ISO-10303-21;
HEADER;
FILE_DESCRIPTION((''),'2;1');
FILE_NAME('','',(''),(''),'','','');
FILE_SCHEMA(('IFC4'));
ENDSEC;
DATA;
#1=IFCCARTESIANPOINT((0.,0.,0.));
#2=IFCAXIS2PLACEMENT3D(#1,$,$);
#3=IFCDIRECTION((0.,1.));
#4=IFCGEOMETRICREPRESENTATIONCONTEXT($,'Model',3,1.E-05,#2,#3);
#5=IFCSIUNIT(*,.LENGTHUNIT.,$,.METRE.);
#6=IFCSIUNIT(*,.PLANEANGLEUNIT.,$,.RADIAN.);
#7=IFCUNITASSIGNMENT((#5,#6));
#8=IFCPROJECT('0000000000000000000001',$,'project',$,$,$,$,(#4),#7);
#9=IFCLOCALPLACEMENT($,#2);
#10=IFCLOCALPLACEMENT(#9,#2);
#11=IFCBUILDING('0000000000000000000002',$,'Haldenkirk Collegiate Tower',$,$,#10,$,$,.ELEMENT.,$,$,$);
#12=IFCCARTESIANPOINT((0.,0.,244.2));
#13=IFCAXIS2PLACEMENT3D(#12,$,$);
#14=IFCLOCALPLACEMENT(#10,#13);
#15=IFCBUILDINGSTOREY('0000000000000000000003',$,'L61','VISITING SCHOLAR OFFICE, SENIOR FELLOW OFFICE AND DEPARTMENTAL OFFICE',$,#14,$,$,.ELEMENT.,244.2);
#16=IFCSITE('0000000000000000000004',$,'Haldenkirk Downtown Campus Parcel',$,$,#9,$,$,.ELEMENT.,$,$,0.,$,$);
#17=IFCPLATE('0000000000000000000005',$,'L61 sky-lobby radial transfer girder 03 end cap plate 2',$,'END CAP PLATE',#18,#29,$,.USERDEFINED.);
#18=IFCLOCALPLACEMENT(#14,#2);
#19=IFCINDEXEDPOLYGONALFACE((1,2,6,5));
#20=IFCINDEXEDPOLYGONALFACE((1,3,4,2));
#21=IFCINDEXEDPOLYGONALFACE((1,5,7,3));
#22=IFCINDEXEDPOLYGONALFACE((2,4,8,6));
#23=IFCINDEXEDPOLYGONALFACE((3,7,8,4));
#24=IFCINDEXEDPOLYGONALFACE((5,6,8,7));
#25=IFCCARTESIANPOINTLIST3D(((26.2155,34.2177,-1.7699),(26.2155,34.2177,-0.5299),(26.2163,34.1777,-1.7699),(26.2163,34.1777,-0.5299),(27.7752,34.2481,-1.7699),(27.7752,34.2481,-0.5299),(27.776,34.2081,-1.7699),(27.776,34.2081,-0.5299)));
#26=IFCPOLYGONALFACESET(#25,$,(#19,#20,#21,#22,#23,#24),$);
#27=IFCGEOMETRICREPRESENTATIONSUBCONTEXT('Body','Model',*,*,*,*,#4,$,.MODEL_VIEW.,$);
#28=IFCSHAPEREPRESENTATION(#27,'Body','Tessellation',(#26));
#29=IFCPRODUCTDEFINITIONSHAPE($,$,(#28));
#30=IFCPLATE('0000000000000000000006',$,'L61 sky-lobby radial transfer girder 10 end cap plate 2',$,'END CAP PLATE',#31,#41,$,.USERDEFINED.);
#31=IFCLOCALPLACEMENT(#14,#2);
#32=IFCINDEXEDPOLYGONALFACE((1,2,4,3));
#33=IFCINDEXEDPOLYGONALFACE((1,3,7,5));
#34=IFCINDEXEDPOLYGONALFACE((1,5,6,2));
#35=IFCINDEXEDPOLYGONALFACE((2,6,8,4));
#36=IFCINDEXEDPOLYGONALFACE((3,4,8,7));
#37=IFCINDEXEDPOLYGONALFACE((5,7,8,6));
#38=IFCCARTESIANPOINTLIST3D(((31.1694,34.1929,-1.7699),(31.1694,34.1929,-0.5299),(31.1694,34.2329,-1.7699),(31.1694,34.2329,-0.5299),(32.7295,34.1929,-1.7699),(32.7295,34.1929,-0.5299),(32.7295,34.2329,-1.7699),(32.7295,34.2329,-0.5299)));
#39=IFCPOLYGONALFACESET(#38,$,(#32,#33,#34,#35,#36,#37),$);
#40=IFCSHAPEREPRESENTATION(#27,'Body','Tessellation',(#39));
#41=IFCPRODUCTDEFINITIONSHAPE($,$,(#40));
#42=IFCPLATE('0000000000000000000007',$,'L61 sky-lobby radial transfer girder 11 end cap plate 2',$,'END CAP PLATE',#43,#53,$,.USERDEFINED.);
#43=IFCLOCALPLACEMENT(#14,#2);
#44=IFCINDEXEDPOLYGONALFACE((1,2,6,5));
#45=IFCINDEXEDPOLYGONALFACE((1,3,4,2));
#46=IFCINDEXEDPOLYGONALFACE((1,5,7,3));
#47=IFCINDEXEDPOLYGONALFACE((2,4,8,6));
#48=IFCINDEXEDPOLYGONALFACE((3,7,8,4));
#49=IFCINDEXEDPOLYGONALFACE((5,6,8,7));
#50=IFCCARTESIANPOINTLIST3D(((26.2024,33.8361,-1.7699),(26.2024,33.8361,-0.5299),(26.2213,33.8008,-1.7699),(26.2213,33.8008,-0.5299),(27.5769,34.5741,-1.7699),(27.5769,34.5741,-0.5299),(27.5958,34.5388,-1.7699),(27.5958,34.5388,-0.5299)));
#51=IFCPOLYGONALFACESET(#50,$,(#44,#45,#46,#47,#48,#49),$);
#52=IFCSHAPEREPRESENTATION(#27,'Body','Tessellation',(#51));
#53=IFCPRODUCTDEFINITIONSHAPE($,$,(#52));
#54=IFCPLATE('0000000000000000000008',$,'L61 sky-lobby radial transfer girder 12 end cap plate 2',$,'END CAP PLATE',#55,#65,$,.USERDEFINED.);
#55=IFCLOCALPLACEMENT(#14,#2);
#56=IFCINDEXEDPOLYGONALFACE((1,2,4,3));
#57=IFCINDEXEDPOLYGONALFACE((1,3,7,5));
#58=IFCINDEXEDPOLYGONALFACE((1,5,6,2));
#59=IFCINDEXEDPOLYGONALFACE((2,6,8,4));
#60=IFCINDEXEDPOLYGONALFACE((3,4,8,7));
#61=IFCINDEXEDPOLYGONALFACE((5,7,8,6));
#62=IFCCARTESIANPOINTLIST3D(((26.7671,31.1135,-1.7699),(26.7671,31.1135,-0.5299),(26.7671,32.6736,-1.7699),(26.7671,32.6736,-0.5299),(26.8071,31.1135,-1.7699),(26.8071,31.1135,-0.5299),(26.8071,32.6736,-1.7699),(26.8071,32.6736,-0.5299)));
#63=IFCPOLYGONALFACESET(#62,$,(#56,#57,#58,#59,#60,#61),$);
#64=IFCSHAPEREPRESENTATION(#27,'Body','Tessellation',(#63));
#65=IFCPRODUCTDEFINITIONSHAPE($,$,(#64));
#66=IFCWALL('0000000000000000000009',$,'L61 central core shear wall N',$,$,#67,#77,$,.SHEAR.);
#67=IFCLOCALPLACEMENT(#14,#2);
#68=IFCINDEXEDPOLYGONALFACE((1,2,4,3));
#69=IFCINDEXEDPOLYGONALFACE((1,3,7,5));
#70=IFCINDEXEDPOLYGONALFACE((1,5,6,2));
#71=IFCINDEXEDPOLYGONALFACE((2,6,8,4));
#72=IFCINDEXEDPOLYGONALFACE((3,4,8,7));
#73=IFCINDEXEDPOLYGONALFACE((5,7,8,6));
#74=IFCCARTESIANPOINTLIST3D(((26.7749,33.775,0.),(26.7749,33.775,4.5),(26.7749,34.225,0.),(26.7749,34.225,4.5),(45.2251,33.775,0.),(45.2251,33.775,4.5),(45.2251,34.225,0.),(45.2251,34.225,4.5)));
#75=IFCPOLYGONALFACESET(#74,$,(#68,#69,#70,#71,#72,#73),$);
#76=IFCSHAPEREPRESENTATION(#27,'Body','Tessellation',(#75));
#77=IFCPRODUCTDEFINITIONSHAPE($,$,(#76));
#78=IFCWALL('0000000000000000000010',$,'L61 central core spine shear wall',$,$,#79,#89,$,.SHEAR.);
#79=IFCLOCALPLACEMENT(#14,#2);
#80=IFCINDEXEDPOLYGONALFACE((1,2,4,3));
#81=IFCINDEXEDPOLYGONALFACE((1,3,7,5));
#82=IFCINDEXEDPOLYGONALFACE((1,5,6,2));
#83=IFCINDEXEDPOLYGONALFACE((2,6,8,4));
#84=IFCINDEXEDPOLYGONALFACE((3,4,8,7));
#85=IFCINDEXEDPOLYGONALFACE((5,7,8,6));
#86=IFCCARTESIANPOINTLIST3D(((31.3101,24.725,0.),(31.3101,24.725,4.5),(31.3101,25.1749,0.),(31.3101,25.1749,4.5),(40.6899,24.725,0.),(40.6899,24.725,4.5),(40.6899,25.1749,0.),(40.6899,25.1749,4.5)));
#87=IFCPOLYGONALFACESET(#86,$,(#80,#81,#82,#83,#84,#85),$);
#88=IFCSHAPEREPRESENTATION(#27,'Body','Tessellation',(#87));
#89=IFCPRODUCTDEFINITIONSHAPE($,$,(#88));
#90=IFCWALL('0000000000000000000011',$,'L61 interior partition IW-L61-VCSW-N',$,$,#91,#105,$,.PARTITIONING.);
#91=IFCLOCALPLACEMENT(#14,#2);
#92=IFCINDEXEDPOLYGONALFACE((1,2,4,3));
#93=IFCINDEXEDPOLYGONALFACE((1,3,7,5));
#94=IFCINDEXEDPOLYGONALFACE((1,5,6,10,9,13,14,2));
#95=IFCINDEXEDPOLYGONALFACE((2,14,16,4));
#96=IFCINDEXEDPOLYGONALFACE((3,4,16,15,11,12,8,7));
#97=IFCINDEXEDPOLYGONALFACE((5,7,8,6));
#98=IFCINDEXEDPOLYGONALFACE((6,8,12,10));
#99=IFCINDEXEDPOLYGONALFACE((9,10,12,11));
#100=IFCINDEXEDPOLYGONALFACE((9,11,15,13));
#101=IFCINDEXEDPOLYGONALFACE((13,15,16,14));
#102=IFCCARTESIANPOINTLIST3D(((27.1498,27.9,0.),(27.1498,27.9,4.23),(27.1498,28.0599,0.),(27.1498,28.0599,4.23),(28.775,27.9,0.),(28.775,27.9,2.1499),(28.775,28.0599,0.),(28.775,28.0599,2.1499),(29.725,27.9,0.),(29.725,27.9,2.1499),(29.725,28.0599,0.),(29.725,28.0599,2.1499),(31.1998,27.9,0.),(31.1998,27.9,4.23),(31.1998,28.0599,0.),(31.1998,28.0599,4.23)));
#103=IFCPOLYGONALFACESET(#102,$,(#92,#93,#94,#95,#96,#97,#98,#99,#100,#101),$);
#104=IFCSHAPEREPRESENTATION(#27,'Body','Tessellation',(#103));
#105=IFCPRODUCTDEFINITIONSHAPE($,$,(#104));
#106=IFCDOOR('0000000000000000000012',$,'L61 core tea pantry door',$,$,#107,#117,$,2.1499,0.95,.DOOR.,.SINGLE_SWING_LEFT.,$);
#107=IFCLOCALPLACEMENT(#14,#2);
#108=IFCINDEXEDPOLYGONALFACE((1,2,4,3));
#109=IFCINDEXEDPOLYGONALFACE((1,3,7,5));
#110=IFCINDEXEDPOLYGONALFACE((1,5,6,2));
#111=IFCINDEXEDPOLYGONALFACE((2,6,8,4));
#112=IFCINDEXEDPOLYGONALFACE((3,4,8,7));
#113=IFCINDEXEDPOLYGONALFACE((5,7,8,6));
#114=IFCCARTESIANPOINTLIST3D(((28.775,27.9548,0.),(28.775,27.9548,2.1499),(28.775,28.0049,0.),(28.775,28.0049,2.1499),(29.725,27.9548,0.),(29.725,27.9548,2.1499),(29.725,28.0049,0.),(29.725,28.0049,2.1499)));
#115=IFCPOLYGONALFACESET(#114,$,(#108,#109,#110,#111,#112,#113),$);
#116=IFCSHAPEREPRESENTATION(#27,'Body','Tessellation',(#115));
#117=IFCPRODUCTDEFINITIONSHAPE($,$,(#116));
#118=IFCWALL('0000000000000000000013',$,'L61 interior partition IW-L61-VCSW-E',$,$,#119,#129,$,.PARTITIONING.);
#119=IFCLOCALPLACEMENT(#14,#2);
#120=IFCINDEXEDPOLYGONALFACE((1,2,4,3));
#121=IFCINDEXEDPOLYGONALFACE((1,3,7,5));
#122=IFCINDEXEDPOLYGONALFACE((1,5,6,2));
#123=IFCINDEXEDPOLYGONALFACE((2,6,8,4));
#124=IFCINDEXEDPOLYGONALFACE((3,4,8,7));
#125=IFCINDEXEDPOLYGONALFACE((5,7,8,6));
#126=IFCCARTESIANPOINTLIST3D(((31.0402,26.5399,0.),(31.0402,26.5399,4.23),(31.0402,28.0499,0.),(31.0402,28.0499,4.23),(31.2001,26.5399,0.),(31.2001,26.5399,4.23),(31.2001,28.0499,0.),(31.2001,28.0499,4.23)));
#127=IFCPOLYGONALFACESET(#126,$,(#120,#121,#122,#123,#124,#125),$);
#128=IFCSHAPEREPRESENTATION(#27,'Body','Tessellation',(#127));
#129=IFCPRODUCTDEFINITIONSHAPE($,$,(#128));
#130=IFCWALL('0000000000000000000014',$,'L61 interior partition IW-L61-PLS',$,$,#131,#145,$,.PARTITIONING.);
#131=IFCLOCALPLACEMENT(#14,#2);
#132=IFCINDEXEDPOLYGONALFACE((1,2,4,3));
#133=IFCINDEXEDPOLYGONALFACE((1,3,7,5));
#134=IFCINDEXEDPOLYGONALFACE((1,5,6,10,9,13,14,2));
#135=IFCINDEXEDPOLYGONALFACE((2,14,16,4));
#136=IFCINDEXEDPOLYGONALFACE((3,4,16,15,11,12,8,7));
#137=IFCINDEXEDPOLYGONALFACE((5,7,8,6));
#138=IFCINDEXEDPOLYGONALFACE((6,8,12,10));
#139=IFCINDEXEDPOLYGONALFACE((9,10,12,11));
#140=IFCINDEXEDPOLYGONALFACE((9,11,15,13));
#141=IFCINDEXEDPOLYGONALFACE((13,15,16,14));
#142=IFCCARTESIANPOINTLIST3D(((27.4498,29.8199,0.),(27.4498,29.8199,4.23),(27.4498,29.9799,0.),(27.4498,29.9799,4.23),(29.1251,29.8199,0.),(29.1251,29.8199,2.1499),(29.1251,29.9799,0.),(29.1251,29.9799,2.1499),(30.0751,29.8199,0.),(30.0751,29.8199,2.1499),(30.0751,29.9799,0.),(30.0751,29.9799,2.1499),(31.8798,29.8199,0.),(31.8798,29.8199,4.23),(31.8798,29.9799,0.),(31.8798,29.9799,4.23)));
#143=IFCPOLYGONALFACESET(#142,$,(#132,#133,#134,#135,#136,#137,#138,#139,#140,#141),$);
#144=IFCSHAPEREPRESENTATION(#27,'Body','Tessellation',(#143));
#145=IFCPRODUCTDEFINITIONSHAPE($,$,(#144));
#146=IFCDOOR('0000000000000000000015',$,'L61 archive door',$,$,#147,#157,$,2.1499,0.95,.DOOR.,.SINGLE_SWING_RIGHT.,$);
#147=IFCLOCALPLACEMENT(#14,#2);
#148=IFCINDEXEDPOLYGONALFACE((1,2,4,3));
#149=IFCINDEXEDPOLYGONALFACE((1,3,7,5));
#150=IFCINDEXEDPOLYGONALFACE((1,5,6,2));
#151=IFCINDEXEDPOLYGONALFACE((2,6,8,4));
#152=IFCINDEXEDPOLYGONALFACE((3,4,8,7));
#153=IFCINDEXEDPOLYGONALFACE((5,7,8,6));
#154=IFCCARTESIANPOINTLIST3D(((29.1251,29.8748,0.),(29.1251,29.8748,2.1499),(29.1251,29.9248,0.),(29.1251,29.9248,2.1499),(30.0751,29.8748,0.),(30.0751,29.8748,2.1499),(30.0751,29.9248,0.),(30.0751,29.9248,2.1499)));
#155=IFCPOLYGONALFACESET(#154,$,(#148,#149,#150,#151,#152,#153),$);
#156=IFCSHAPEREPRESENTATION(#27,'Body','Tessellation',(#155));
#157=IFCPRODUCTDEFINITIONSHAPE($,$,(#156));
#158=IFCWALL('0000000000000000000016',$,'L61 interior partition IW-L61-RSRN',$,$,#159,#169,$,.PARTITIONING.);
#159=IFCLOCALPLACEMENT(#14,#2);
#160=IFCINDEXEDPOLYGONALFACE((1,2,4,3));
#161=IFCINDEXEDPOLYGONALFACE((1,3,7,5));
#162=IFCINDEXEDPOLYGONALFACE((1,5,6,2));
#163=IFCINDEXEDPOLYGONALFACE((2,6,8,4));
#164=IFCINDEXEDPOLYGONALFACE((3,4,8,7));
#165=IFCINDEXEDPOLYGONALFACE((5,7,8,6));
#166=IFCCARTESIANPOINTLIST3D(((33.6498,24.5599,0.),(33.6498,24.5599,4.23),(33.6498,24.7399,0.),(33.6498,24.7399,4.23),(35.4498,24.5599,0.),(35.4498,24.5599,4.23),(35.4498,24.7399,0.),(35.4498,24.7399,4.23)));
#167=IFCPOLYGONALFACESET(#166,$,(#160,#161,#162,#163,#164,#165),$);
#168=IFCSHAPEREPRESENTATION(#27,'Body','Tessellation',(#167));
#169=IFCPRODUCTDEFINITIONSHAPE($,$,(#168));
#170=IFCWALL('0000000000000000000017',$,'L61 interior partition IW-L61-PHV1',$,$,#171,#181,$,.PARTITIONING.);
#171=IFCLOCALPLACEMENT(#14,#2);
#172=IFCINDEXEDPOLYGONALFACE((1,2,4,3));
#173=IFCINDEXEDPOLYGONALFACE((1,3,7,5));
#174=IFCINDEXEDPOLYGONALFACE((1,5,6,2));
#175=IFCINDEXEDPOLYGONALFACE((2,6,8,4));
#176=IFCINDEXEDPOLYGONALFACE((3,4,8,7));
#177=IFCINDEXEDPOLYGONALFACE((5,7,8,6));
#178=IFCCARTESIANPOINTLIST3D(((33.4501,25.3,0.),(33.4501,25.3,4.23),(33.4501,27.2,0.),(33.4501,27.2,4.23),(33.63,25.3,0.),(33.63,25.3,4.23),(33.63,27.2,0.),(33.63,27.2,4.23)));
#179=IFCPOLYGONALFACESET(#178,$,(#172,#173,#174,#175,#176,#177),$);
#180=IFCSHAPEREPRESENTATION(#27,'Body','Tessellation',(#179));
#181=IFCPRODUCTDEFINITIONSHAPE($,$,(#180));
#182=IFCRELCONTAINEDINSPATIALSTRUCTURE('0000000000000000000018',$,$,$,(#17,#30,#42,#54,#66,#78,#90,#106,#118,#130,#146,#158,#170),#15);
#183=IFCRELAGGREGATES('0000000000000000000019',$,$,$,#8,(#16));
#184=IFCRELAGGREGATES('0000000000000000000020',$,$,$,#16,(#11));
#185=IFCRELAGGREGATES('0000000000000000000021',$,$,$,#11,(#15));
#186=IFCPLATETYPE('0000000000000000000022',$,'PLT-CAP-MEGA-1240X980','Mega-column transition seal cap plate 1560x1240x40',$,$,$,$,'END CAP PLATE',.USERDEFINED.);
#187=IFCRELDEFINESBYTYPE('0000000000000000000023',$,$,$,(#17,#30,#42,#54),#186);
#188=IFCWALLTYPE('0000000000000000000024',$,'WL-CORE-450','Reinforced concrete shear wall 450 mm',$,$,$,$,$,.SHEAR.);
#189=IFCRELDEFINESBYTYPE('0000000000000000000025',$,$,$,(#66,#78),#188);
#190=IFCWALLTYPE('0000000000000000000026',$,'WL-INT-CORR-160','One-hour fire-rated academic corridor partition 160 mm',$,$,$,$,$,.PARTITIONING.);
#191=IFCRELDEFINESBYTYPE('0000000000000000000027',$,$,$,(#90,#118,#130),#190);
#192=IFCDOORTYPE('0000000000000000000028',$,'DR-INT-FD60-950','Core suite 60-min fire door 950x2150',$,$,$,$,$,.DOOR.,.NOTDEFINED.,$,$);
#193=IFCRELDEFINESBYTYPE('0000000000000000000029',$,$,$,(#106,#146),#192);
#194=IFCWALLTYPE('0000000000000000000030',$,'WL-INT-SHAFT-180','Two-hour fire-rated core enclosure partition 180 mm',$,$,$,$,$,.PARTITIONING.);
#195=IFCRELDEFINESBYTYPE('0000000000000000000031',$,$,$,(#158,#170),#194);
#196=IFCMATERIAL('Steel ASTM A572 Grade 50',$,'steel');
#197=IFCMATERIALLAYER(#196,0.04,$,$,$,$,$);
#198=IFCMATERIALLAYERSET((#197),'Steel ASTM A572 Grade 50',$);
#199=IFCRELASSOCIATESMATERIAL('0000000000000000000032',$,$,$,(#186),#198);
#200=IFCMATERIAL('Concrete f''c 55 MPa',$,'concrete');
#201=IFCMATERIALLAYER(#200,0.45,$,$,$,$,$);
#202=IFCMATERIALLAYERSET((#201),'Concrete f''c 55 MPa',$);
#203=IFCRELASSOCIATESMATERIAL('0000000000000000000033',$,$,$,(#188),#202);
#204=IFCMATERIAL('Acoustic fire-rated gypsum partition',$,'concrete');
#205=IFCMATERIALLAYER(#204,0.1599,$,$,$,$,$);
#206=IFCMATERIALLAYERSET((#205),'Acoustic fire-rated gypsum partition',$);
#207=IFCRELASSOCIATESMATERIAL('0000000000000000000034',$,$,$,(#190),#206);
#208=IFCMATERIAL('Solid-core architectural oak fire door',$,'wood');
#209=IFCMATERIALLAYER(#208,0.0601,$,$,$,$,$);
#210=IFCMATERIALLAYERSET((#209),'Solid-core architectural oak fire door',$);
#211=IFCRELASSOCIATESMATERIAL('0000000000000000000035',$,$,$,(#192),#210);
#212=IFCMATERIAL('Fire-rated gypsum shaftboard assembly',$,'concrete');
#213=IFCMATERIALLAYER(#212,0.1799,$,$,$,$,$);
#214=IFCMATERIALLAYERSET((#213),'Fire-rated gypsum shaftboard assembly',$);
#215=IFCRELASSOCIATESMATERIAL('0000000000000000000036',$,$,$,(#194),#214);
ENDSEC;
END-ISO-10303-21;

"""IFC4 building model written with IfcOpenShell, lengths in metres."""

from ifc_helpers import new_model, si_unit, direction, frame, frame_2d, origin, origin_2d, place, context, subcontext, project, spatial, rectangle, extrude, source, transform, mapped, material, layer, layer_set, type_object, element, fill, save


model = new_model("IFC4")

# Units and contexts
model_context = context("Model", 3, precision=1e-05, world=origin(), true_north=direction((0.0, 1.0)))
body_context = subcontext(model_context, "Body", "Model", "MODEL_VIEW")
ifc_project = project(units=[si_unit("LENGTHUNIT", "METRE"), si_unit("PLANEANGLEUNIT", "RADIAN")], contexts=[model_context])

# Site, building, storey
site_placement = place(None, origin())
site = spatial("IfcSite", under=ifc_project, at=site_placement, Name="Haldenkirk Downtown Campus Parcel", CompositionType="ELEMENT", RefElevation=0.0)
building_placement = place(site_placement, origin())
building = spatial("IfcBuilding", under=site, at=building_placement, Name="Haldenkirk Collegiate Tower", CompositionType="ELEMENT")
storey_placement = place(building_placement, frame((0.0, 0.0, 244.2)))
storey = spatial("IfcBuildingStorey", under=building, at=storey_placement, Name="L61", Description="VISITING SCHOLAR OFFICE, SENIOR FELLOW OFFICE AND DEPARTMENTAL OFFICE", CompositionType="ELEMENT", Elevation=244.2)

# Plates
ifc_material_1 = material(Name="Steel ASTM A572 Grade 50", Category="steel")
ifc_layer_1 = layer(ifc_material_1, 0.04)
ifc_layer_set_1 = layer_set([ifc_layer_1], Name="Steel ASTM A572 Grade 50")
plate_type = type_object("IfcPlateType", Name="PLT-CAP-MEGA-1240X980", Description="Mega-column transition seal cap plate 1560x1240x40", ElementType="END CAP PLATE", PredefinedType="USERDEFINED", material=ifc_layer_set_1)
shared_shape = source(origin(), body_context, "Body", "SweptSolid", [
    extrude(rectangle(XDim=1.5601, YDim=1.24, at=origin_2d()), origin(), (0.0, 0.0, 1.0), 0.04),
])
for number, where, z_axis, x_axis, name in (
    (1, (26.9954, 34.2329, -1.1499), (0.019502, -0.99981, 0.0), (0.99981, 0.019502, 0.0), "L61 sky-lobby radial transfer girder 03 end cap plate 2"),
    (2, (31.9495, 34.2329, -1.1499), (0.0, -1.0, 0.0), (1.0, 0.0, 0.0), "L61 sky-lobby radial transfer girder 10 end cap plate 2"),
    (3, (26.8896, 34.2051, -1.1499), (0.473032, -0.881045, 0.0), (0.881045, 0.473032, 0.0), "L61 sky-lobby radial transfer girder 11 end cap plate 2"),
    (4, (26.7671, 31.8936, -1.1499), (1.0, 0.0, 0.0), (0.0, 1.0, 0.0), "L61 sky-lobby radial transfer girder 12 end cap plate 2"),
):
    element("IfcPlate", number, at=place(storey_placement, frame(where, z_axis=z_axis, x_axis=x_axis)), inside=storey, type_object=plate_type, Name=name, ObjectType="END CAP PLATE", PredefinedType="USERDEFINED", context=body_context, shape_type="MappedRepresentation", body=[
        mapped(shared_shape, transform((0.0, 0.0, 0.0), x_axis=(1.0, 0.0, 0.0), y_axis=(0.0, 1.0, 0.0), z_axis=(0.0, 0.0, 1.0), scale=1.0)),
    ])

# Walls
ifc_material_2 = material(Name="Concrete f'c 55 MPa", Category="concrete")
ifc_layer_2 = layer(ifc_material_2, 0.45)
ifc_layer_set_2 = layer_set([ifc_layer_2], Name="Concrete f'c 55 MPa")
wall_type_1 = type_object("IfcWallType", Name="WL-CORE-450", Description="Reinforced concrete shear wall 450 mm", PredefinedType="SHEAR", material=ifc_layer_set_2)
wall_1_placement = place(storey_placement, frame((26.7749, 34.0, 0.0), z_axis=(0.0, 0.0, 1.0), x_axis=(1.0, 0.0, 0.0)))
element("IfcWall", 5, at=wall_1_placement, inside=storey, type_object=wall_type_1, Name="L61 central core shear wall N", PredefinedType="SHEAR", context=body_context, shape_type="SweptSolid", body=[
    extrude(rectangle(XDim=18.4502, YDim=0.45, at=frame_2d((9.2251, 0.0))), origin(), (0.0, 0.0, 1.0), 4.5),
])
wall_2_placement = place(storey_placement, frame((31.3101, 24.95, 0.0), z_axis=(0.0, 0.0, 1.0), x_axis=(1.0, 0.0, 0.0)))
element("IfcWall", 6, at=wall_2_placement, inside=storey, type_object=wall_type_1, Name="L61 central core spine shear wall", PredefinedType="SHEAR", context=body_context, shape_type="SweptSolid", body=[
    extrude(rectangle(XDim=9.3799, YDim=0.45, at=frame_2d((4.6899, 0.0))), origin(), (0.0, 0.0, 1.0), 4.5),
])

# Wall, opening, door
ifc_material_3 = material(Name="Acoustic fire-rated gypsum partition", Category="concrete")
ifc_layer_3 = layer(ifc_material_3, 0.1599)
ifc_layer_set_3 = layer_set([ifc_layer_3], Name="Acoustic fire-rated gypsum partition")
wall_type_2 = type_object("IfcWallType", Name="WL-INT-CORR-160", Description="One-hour fire-rated academic corridor partition 160 mm", PredefinedType="PARTITIONING", material=ifc_layer_set_3)
wall_3_placement = place(storey_placement, frame((27.1499, 27.98, 0.0), z_axis=(0.0, 0.0, 1.0), x_axis=(1.0, 0.0, 0.0)))
wall_3 = element("IfcWall", 7, at=wall_3_placement, inside=storey, type_object=wall_type_2, Name="L61 interior partition IW-L61-VCSW-N", PredefinedType="PARTITIONING", context=body_context, shape_type="SweptSolid", body=[
    extrude(rectangle(XDim=4.05, YDim=0.1599, at=frame_2d((2.0249, 0.0))), origin(), (0.0, 0.0, 1.0), 4.23),
])
opening_1_placement = place(wall_3_placement, frame((1.625, 0.0, 0.0)))
opening_1 = element("IfcOpeningElement", 8, at=opening_1_placement, cuts=wall_3, PredefinedType="OPENING", context=body_context, shape_type="SweptSolid", body=[
    extrude(rectangle(XDim=0.95, YDim=2.1499, at=frame_2d((0.4751, 1.075))), frame((0.0, 0.0898, 0.0), z_axis=(0.0, -1.0, 0.0), x_axis=(1.0, 0.0, 0.0)), (0.0, 0.0, 1.0), 0.1799),
])
ifc_material_4 = material(Name="Solid-core architectural oak fire door", Category="wood")
ifc_layer_4 = layer(ifc_material_4, 0.0601)
ifc_layer_set_4 = layer_set([ifc_layer_4], Name="Solid-core architectural oak fire door")
door_type_1 = type_object("IfcDoorType", Name="DR-INT-FD60-950", Description="Core suite 60-min fire door 950x2150", OperationType="NOTDEFINED", PredefinedType="DOOR", material=ifc_layer_set_4)
door_1_placement = place(opening_1_placement, origin())
door_1 = element("IfcDoor", 9, at=door_1_placement, inside=storey, type_object=door_type_1, Name="L61 core tea pantry door", OperationType="SINGLE_SWING_LEFT", OverallHeight=2.1499, OverallWidth=0.95, PredefinedType="DOOR", context=body_context, shape_type="SweptSolid", body=[
    extrude(rectangle(XDim=0.95, YDim=2.1499, at=frame_2d((0.4751, 1.075))), frame((0.0, 0.0249, 0.0), z_axis=(0.0, -1.0, 0.0), x_axis=(1.0, 0.0, 0.0)), (0.0, 0.0, 1.0), 0.05),
])
fill(opening_1, door_1)

# Wall
wall_4_placement = place(storey_placement, frame((31.1201, 26.54, 0.0), z_axis=(0.0, 0.0, 1.0), x_axis=(0.0, 1.0, 0.0)))
element("IfcWall", 10, at=wall_4_placement, inside=storey, type_object=wall_type_2, Name="L61 interior partition IW-L61-VCSW-E", PredefinedType="PARTITIONING", context=body_context, shape_type="SweptSolid", body=[
    extrude(rectangle(XDim=1.51, YDim=0.1599, at=frame_2d((0.7549, 0.0))), origin(), (0.0, 0.0, 1.0), 4.23),
])

# Wall, opening, door
wall_5_placement = place(storey_placement, frame((27.45, 29.8999, 0.0), z_axis=(0.0, 0.0, 1.0), x_axis=(1.0, 0.0, 0.0)))
wall_5 = element("IfcWall", 11, at=wall_5_placement, inside=storey, type_object=wall_type_2, Name="L61 interior partition IW-L61-PLS", PredefinedType="PARTITIONING", context=body_context, shape_type="SweptSolid", body=[
    extrude(rectangle(XDim=4.4299, YDim=0.1599, at=frame_2d((2.2148, 0.0))), origin(), (0.0, 0.0, 1.0), 4.23),
])
opening_2_placement = place(wall_5_placement, frame((1.675, 0.0, 0.0)))
opening_2 = element("IfcOpeningElement", 12, at=opening_2_placement, cuts=wall_5, PredefinedType="OPENING", context=body_context, shape_type="SweptSolid", body=[
    extrude(rectangle(XDim=0.95, YDim=2.1499, at=frame_2d((0.4751, 1.075))), frame((0.0, 0.0898, 0.0), z_axis=(0.0, -1.0, 0.0), x_axis=(1.0, 0.0, 0.0)), (0.0, 0.0, 1.0), 0.1799),
])
door_2_placement = place(opening_2_placement, origin())
door_2 = element("IfcDoor", 13, at=door_2_placement, inside=storey, type_object=door_type_1, Name="L61 archive door", OperationType="SINGLE_SWING_RIGHT", OverallHeight=2.1499, OverallWidth=0.95, PredefinedType="DOOR", context=body_context, shape_type="SweptSolid", body=[
    extrude(rectangle(XDim=0.95, YDim=2.1499, at=frame_2d((0.4751, 1.075))), frame((0.0, 0.0249, 0.0), z_axis=(0.0, -1.0, 0.0), x_axis=(1.0, 0.0, 0.0)), (0.0, 0.0, 1.0), 0.05),
])
fill(opening_2, door_2)

# Wall
ifc_material_5 = material(Name="Fire-rated gypsum shaftboard assembly", Category="concrete")
ifc_layer_5 = layer(ifc_material_5, 0.1799)
ifc_layer_set_5 = layer_set([ifc_layer_5], Name="Fire-rated gypsum shaftboard assembly")
wall_type_3 = type_object("IfcWallType", Name="WL-INT-SHAFT-180", Description="Two-hour fire-rated core enclosure partition 180 mm", PredefinedType="PARTITIONING", material=ifc_layer_set_5)
wall_6_placement = place(storey_placement, frame((33.6499, 24.6499, 0.0), z_axis=(0.0, 0.0, 1.0), x_axis=(1.0, 0.0, 0.0)))
element("IfcWall", 14, at=wall_6_placement, inside=storey, type_object=wall_type_3, Name="L61 interior partition IW-L61-RSRN", PredefinedType="PARTITIONING", context=body_context, shape_type="SweptSolid", body=[
    extrude(rectangle(XDim=1.8, YDim=0.1799, at=frame_2d((0.8999, 0.0))), origin(), (0.0, 0.0, 1.0), 4.23),
])

# Wall
wall_7_placement = place(storey_placement, frame((33.54, 25.3, 0.0), z_axis=(0.0, 0.0, 1.0), x_axis=(0.0, 1.0, 0.0)))
element("IfcWall", 15, at=wall_7_placement, inside=storey, type_object=wall_type_3, Name="L61 interior partition IW-L61-PHV1", PredefinedType="PARTITIONING", context=body_context, shape_type="SweptSolid", body=[
    extrude(rectangle(XDim=1.8999, YDim=0.1799, at=frame_2d((0.95, 0.0))), origin(), (0.0, 0.0, 1.0), 4.23),
])

save(model, "model.ifc")
